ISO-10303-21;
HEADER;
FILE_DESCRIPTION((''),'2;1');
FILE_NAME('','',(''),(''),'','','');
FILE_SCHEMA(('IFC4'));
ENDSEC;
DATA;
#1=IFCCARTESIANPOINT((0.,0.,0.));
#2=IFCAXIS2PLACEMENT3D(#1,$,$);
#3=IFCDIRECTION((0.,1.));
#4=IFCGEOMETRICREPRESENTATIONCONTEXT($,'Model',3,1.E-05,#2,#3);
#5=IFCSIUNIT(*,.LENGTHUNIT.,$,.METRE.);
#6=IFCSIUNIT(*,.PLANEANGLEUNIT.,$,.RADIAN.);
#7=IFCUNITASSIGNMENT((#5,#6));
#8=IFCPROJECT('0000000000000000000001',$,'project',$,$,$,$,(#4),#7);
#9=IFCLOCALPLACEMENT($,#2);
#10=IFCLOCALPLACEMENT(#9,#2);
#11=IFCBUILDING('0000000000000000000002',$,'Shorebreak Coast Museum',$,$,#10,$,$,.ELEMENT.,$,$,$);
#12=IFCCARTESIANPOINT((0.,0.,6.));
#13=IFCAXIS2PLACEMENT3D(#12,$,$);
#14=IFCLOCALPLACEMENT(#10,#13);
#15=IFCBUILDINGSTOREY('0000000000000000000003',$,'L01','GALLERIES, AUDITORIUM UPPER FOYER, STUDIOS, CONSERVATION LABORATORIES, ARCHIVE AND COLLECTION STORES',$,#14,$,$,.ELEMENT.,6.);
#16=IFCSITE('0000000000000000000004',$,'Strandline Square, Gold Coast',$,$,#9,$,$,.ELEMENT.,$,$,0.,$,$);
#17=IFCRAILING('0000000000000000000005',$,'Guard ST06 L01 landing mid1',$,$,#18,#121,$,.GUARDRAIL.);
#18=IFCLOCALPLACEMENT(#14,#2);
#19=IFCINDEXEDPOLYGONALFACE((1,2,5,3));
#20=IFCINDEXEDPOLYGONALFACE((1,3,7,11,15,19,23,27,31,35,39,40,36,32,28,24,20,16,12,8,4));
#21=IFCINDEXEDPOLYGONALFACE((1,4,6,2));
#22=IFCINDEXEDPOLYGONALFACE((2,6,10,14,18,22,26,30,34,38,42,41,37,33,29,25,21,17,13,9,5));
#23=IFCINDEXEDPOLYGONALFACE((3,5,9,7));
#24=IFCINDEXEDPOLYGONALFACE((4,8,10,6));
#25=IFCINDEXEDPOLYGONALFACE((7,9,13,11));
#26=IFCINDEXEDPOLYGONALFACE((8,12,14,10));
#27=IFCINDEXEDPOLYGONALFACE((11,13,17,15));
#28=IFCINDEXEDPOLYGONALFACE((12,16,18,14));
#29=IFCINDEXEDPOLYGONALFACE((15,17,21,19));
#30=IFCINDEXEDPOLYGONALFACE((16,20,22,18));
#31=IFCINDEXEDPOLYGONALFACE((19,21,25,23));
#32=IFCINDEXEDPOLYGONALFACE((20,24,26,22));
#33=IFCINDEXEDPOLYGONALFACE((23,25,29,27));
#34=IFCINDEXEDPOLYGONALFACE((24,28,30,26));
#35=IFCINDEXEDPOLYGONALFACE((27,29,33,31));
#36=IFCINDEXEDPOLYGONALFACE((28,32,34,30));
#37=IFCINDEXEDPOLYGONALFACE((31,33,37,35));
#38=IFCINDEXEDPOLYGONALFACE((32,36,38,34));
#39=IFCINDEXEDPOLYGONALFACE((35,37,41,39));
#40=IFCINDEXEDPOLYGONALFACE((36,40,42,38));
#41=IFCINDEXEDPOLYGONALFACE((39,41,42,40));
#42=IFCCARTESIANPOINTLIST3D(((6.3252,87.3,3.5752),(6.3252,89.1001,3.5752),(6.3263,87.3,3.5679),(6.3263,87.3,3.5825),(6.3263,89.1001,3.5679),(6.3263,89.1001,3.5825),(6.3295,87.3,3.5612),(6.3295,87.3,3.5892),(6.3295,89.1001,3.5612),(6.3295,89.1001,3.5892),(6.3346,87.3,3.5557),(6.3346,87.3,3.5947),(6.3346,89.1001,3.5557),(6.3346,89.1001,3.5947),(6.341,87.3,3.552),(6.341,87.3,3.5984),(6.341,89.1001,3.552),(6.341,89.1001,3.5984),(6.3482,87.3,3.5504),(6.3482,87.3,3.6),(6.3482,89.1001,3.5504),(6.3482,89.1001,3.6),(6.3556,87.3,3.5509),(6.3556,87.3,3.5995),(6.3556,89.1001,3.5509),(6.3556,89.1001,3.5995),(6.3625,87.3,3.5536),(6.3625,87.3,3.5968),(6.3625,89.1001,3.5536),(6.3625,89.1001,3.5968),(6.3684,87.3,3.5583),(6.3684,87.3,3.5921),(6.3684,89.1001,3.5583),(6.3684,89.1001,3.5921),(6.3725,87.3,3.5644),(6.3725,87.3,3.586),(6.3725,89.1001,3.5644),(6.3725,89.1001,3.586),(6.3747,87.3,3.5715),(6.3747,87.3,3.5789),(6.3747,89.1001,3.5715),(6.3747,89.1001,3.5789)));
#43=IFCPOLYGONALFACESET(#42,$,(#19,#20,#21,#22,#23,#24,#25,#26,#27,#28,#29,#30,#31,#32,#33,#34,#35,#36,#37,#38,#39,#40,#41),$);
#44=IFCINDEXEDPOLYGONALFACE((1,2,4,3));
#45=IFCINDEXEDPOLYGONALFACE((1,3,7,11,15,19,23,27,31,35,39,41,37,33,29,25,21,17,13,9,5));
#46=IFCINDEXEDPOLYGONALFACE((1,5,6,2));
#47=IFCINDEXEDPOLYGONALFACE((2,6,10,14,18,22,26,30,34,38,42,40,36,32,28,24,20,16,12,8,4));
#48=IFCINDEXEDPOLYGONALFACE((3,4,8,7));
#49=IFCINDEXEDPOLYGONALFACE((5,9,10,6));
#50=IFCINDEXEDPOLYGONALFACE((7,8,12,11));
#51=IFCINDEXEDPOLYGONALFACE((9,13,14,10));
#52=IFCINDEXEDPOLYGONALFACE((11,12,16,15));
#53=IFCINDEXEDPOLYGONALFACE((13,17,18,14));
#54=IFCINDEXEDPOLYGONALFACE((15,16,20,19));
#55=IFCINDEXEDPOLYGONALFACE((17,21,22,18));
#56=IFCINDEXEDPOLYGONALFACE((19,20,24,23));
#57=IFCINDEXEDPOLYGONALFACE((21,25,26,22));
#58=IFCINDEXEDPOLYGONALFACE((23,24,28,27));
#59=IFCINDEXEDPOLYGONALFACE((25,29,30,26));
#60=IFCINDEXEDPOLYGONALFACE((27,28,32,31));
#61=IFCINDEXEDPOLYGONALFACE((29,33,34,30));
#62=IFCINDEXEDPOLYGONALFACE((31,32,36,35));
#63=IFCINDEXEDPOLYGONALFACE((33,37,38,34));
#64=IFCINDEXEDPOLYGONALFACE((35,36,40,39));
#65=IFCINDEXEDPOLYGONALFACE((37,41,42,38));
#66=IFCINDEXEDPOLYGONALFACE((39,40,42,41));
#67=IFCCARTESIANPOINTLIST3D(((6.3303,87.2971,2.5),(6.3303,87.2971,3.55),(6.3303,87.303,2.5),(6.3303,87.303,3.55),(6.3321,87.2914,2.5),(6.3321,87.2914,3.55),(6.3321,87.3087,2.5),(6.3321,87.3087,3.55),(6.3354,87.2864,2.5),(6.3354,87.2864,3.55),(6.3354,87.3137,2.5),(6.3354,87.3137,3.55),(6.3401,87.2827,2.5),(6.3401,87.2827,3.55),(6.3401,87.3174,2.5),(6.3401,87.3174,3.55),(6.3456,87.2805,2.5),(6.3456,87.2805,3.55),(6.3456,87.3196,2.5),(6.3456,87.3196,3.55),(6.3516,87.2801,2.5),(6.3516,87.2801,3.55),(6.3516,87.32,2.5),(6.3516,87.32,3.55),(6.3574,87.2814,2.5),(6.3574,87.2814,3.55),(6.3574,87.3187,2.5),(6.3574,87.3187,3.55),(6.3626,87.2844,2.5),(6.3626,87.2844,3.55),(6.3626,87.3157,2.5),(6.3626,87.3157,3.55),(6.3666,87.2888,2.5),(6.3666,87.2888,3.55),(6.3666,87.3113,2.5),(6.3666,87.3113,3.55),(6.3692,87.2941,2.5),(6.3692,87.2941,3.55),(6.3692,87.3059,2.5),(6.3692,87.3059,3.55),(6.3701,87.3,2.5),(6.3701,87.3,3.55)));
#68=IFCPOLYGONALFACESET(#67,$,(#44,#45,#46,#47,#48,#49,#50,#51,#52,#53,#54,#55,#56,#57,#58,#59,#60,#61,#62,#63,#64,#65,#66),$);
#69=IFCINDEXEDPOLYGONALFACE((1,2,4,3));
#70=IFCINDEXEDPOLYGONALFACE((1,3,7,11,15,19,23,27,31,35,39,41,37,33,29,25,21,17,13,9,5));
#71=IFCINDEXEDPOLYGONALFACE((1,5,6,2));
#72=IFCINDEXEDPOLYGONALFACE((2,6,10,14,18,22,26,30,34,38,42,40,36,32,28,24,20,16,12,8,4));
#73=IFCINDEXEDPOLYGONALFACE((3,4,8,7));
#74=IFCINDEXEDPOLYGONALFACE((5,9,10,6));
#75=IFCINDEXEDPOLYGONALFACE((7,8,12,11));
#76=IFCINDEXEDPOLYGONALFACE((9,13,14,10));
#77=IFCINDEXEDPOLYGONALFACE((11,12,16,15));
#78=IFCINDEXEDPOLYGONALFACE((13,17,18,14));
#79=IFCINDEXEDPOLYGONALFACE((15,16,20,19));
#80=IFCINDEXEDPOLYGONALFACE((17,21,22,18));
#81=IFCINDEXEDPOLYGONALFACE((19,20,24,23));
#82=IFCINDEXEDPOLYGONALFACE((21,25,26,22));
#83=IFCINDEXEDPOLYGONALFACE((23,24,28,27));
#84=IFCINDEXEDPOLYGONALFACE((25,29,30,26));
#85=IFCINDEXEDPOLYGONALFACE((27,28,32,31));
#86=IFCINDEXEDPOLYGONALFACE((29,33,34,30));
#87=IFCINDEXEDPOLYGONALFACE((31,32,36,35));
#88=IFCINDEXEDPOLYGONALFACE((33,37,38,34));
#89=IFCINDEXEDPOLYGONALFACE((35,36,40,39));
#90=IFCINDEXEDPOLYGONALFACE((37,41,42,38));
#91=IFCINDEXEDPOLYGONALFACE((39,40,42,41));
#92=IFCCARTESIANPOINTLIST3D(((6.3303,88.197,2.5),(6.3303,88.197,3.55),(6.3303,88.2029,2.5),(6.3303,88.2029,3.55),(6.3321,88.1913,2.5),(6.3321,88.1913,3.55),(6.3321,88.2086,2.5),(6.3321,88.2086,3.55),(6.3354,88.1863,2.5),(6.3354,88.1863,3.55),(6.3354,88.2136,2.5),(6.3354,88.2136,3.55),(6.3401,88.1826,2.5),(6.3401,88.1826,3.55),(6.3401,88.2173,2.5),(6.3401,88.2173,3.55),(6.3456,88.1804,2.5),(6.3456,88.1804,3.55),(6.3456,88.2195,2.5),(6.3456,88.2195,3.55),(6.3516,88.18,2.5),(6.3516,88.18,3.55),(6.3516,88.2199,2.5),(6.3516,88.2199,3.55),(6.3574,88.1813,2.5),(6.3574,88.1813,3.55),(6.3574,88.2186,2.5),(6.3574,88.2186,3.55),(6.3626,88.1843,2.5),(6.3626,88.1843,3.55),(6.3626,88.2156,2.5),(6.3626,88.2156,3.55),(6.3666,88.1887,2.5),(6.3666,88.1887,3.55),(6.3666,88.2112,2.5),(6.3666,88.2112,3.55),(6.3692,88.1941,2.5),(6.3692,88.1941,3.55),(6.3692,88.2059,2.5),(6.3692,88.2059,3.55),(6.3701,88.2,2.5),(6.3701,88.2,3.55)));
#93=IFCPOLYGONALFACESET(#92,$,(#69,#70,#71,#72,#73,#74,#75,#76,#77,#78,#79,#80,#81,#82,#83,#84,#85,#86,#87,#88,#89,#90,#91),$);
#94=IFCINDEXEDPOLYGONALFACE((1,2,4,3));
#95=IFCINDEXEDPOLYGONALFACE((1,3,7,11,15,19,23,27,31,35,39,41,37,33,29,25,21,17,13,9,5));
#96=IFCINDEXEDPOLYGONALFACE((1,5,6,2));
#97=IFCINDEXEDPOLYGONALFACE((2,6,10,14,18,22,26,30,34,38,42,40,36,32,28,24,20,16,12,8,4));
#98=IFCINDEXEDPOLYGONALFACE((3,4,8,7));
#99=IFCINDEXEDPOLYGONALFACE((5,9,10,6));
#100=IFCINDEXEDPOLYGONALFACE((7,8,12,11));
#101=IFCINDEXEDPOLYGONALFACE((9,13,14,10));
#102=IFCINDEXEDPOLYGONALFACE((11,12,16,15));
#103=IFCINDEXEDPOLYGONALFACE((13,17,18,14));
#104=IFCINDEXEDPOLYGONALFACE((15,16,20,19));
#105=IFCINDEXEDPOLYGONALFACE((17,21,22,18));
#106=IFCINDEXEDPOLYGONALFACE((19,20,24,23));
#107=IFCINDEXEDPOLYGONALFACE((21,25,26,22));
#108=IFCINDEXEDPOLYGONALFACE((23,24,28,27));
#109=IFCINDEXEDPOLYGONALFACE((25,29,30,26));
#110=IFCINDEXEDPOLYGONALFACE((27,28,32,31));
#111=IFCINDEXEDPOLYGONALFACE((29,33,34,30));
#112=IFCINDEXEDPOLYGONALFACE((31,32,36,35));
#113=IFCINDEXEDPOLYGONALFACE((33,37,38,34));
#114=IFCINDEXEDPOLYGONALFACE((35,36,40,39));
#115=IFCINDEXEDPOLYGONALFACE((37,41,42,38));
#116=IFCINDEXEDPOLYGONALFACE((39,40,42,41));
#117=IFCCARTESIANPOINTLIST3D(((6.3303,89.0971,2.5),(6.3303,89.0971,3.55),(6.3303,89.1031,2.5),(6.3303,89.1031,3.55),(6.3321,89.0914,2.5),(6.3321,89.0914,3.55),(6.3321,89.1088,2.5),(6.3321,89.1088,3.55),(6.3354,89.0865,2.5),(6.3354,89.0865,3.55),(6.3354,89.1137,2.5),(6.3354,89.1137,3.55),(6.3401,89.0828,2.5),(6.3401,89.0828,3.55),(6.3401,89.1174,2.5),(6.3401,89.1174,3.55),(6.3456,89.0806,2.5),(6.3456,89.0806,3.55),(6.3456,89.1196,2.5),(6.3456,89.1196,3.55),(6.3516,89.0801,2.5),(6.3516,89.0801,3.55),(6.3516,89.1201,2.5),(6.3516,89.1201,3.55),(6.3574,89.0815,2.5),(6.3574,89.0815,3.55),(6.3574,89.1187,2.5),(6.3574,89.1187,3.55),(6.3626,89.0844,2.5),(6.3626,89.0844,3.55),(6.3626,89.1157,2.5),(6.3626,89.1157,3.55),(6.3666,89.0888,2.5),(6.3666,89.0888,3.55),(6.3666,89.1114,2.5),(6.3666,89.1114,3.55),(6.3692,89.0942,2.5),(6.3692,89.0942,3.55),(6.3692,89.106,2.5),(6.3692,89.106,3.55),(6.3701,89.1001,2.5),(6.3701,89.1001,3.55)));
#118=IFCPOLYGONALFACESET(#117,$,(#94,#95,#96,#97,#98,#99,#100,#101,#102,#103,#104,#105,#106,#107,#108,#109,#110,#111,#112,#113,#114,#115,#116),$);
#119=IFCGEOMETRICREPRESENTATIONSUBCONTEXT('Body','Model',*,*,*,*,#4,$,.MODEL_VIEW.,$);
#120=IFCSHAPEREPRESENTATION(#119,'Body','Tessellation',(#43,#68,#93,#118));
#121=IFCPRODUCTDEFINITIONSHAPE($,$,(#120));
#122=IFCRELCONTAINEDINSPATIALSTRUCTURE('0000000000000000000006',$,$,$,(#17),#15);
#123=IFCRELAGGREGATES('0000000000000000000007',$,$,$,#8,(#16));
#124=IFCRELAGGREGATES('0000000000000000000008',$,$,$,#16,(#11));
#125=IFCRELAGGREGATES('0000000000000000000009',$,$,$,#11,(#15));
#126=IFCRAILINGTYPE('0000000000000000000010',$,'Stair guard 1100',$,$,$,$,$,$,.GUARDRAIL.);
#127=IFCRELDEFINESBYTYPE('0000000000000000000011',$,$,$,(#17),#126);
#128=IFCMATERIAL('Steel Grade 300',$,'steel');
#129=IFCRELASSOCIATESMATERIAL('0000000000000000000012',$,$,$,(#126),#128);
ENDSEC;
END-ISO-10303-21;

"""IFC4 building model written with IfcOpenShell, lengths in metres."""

from ifc_helpers import new_model, si_unit, direction, frame, origin, origin_2d, place, context, subcontext, project, spatial, circle, extrude, material, type_object, element, save


model = new_model("IFC4")

# Units and contexts
model_context = context("Model", 3, precision=1e-05, world=origin(), true_north=direction((0.0, 1.0)))
body_context = subcontext(model_context, "Body", "Model", "MODEL_VIEW")
ifc_project = project(units=[si_unit("LENGTHUNIT", "METRE"), si_unit("PLANEANGLEUNIT", "RADIAN")], contexts=[model_context])

# Site, building, storey
site_placement = place(None, origin())
site = spatial("IfcSite", under=ifc_project, at=site_placement, Name="Strandline Square, Gold Coast", CompositionType="ELEMENT", RefElevation=0.0)
building_placement = place(site_placement, origin())
building = spatial("IfcBuilding", under=site, at=building_placement, Name="Shorebreak Coast Museum", CompositionType="ELEMENT")
storey_placement = place(building_placement, frame((0.0, 0.0, 6.0)))
storey = spatial("IfcBuildingStorey", under=building, at=storey_placement, Name="L01", Description="GALLERIES, AUDITORIUM UPPER FOYER, STUDIOS, CONSERVATION LABORATORIES, ARCHIVE AND COLLECTION STORES", CompositionType="ELEMENT", Elevation=6.0)

# Railing
ifc_material_1 = material(Name="Steel Grade 300", Category="steel")
railing_type_1 = type_object("IfcRailingType", Name="Stair guard 1100", PredefinedType="GUARDRAIL", material=ifc_material_1)
for number, where, name in (
    (1, (6.3501, 87.3, 2.5), "Guard ST06 L01 landing mid1"),
):
    element("IfcRailing", number, at=place(storey_placement, frame(where)), inside=storey, type_object=railing_type_1, Name=name, PredefinedType="GUARDRAIL", context=body_context, shape_type="SweptSolid", body=[
        extrude(circle(Radius=0.0249, at=origin_2d()), frame((0.0, 0.0, 1.0752), z_axis=(0.0, 1.0, 0.0), x_axis=(-1.0, 0.0, 0.0)), (0.0, 0.0, 1.0), 1.8),
        extrude(circle(Radius=0.02, at=origin_2d()), origin(), (0.0, 0.0, 1.0), 1.05),
        extrude(circle(Radius=0.02, at=origin_2d()), frame((0.0, 0.8999, 0.0)), (0.0, 0.0, 1.0), 1.05),
        extrude(circle(Radius=0.02, at=origin_2d()), frame((0.0, 1.8, 0.0)), (0.0, 0.0, 1.0), 1.05),
    ])

save(model, "model.ifc")
